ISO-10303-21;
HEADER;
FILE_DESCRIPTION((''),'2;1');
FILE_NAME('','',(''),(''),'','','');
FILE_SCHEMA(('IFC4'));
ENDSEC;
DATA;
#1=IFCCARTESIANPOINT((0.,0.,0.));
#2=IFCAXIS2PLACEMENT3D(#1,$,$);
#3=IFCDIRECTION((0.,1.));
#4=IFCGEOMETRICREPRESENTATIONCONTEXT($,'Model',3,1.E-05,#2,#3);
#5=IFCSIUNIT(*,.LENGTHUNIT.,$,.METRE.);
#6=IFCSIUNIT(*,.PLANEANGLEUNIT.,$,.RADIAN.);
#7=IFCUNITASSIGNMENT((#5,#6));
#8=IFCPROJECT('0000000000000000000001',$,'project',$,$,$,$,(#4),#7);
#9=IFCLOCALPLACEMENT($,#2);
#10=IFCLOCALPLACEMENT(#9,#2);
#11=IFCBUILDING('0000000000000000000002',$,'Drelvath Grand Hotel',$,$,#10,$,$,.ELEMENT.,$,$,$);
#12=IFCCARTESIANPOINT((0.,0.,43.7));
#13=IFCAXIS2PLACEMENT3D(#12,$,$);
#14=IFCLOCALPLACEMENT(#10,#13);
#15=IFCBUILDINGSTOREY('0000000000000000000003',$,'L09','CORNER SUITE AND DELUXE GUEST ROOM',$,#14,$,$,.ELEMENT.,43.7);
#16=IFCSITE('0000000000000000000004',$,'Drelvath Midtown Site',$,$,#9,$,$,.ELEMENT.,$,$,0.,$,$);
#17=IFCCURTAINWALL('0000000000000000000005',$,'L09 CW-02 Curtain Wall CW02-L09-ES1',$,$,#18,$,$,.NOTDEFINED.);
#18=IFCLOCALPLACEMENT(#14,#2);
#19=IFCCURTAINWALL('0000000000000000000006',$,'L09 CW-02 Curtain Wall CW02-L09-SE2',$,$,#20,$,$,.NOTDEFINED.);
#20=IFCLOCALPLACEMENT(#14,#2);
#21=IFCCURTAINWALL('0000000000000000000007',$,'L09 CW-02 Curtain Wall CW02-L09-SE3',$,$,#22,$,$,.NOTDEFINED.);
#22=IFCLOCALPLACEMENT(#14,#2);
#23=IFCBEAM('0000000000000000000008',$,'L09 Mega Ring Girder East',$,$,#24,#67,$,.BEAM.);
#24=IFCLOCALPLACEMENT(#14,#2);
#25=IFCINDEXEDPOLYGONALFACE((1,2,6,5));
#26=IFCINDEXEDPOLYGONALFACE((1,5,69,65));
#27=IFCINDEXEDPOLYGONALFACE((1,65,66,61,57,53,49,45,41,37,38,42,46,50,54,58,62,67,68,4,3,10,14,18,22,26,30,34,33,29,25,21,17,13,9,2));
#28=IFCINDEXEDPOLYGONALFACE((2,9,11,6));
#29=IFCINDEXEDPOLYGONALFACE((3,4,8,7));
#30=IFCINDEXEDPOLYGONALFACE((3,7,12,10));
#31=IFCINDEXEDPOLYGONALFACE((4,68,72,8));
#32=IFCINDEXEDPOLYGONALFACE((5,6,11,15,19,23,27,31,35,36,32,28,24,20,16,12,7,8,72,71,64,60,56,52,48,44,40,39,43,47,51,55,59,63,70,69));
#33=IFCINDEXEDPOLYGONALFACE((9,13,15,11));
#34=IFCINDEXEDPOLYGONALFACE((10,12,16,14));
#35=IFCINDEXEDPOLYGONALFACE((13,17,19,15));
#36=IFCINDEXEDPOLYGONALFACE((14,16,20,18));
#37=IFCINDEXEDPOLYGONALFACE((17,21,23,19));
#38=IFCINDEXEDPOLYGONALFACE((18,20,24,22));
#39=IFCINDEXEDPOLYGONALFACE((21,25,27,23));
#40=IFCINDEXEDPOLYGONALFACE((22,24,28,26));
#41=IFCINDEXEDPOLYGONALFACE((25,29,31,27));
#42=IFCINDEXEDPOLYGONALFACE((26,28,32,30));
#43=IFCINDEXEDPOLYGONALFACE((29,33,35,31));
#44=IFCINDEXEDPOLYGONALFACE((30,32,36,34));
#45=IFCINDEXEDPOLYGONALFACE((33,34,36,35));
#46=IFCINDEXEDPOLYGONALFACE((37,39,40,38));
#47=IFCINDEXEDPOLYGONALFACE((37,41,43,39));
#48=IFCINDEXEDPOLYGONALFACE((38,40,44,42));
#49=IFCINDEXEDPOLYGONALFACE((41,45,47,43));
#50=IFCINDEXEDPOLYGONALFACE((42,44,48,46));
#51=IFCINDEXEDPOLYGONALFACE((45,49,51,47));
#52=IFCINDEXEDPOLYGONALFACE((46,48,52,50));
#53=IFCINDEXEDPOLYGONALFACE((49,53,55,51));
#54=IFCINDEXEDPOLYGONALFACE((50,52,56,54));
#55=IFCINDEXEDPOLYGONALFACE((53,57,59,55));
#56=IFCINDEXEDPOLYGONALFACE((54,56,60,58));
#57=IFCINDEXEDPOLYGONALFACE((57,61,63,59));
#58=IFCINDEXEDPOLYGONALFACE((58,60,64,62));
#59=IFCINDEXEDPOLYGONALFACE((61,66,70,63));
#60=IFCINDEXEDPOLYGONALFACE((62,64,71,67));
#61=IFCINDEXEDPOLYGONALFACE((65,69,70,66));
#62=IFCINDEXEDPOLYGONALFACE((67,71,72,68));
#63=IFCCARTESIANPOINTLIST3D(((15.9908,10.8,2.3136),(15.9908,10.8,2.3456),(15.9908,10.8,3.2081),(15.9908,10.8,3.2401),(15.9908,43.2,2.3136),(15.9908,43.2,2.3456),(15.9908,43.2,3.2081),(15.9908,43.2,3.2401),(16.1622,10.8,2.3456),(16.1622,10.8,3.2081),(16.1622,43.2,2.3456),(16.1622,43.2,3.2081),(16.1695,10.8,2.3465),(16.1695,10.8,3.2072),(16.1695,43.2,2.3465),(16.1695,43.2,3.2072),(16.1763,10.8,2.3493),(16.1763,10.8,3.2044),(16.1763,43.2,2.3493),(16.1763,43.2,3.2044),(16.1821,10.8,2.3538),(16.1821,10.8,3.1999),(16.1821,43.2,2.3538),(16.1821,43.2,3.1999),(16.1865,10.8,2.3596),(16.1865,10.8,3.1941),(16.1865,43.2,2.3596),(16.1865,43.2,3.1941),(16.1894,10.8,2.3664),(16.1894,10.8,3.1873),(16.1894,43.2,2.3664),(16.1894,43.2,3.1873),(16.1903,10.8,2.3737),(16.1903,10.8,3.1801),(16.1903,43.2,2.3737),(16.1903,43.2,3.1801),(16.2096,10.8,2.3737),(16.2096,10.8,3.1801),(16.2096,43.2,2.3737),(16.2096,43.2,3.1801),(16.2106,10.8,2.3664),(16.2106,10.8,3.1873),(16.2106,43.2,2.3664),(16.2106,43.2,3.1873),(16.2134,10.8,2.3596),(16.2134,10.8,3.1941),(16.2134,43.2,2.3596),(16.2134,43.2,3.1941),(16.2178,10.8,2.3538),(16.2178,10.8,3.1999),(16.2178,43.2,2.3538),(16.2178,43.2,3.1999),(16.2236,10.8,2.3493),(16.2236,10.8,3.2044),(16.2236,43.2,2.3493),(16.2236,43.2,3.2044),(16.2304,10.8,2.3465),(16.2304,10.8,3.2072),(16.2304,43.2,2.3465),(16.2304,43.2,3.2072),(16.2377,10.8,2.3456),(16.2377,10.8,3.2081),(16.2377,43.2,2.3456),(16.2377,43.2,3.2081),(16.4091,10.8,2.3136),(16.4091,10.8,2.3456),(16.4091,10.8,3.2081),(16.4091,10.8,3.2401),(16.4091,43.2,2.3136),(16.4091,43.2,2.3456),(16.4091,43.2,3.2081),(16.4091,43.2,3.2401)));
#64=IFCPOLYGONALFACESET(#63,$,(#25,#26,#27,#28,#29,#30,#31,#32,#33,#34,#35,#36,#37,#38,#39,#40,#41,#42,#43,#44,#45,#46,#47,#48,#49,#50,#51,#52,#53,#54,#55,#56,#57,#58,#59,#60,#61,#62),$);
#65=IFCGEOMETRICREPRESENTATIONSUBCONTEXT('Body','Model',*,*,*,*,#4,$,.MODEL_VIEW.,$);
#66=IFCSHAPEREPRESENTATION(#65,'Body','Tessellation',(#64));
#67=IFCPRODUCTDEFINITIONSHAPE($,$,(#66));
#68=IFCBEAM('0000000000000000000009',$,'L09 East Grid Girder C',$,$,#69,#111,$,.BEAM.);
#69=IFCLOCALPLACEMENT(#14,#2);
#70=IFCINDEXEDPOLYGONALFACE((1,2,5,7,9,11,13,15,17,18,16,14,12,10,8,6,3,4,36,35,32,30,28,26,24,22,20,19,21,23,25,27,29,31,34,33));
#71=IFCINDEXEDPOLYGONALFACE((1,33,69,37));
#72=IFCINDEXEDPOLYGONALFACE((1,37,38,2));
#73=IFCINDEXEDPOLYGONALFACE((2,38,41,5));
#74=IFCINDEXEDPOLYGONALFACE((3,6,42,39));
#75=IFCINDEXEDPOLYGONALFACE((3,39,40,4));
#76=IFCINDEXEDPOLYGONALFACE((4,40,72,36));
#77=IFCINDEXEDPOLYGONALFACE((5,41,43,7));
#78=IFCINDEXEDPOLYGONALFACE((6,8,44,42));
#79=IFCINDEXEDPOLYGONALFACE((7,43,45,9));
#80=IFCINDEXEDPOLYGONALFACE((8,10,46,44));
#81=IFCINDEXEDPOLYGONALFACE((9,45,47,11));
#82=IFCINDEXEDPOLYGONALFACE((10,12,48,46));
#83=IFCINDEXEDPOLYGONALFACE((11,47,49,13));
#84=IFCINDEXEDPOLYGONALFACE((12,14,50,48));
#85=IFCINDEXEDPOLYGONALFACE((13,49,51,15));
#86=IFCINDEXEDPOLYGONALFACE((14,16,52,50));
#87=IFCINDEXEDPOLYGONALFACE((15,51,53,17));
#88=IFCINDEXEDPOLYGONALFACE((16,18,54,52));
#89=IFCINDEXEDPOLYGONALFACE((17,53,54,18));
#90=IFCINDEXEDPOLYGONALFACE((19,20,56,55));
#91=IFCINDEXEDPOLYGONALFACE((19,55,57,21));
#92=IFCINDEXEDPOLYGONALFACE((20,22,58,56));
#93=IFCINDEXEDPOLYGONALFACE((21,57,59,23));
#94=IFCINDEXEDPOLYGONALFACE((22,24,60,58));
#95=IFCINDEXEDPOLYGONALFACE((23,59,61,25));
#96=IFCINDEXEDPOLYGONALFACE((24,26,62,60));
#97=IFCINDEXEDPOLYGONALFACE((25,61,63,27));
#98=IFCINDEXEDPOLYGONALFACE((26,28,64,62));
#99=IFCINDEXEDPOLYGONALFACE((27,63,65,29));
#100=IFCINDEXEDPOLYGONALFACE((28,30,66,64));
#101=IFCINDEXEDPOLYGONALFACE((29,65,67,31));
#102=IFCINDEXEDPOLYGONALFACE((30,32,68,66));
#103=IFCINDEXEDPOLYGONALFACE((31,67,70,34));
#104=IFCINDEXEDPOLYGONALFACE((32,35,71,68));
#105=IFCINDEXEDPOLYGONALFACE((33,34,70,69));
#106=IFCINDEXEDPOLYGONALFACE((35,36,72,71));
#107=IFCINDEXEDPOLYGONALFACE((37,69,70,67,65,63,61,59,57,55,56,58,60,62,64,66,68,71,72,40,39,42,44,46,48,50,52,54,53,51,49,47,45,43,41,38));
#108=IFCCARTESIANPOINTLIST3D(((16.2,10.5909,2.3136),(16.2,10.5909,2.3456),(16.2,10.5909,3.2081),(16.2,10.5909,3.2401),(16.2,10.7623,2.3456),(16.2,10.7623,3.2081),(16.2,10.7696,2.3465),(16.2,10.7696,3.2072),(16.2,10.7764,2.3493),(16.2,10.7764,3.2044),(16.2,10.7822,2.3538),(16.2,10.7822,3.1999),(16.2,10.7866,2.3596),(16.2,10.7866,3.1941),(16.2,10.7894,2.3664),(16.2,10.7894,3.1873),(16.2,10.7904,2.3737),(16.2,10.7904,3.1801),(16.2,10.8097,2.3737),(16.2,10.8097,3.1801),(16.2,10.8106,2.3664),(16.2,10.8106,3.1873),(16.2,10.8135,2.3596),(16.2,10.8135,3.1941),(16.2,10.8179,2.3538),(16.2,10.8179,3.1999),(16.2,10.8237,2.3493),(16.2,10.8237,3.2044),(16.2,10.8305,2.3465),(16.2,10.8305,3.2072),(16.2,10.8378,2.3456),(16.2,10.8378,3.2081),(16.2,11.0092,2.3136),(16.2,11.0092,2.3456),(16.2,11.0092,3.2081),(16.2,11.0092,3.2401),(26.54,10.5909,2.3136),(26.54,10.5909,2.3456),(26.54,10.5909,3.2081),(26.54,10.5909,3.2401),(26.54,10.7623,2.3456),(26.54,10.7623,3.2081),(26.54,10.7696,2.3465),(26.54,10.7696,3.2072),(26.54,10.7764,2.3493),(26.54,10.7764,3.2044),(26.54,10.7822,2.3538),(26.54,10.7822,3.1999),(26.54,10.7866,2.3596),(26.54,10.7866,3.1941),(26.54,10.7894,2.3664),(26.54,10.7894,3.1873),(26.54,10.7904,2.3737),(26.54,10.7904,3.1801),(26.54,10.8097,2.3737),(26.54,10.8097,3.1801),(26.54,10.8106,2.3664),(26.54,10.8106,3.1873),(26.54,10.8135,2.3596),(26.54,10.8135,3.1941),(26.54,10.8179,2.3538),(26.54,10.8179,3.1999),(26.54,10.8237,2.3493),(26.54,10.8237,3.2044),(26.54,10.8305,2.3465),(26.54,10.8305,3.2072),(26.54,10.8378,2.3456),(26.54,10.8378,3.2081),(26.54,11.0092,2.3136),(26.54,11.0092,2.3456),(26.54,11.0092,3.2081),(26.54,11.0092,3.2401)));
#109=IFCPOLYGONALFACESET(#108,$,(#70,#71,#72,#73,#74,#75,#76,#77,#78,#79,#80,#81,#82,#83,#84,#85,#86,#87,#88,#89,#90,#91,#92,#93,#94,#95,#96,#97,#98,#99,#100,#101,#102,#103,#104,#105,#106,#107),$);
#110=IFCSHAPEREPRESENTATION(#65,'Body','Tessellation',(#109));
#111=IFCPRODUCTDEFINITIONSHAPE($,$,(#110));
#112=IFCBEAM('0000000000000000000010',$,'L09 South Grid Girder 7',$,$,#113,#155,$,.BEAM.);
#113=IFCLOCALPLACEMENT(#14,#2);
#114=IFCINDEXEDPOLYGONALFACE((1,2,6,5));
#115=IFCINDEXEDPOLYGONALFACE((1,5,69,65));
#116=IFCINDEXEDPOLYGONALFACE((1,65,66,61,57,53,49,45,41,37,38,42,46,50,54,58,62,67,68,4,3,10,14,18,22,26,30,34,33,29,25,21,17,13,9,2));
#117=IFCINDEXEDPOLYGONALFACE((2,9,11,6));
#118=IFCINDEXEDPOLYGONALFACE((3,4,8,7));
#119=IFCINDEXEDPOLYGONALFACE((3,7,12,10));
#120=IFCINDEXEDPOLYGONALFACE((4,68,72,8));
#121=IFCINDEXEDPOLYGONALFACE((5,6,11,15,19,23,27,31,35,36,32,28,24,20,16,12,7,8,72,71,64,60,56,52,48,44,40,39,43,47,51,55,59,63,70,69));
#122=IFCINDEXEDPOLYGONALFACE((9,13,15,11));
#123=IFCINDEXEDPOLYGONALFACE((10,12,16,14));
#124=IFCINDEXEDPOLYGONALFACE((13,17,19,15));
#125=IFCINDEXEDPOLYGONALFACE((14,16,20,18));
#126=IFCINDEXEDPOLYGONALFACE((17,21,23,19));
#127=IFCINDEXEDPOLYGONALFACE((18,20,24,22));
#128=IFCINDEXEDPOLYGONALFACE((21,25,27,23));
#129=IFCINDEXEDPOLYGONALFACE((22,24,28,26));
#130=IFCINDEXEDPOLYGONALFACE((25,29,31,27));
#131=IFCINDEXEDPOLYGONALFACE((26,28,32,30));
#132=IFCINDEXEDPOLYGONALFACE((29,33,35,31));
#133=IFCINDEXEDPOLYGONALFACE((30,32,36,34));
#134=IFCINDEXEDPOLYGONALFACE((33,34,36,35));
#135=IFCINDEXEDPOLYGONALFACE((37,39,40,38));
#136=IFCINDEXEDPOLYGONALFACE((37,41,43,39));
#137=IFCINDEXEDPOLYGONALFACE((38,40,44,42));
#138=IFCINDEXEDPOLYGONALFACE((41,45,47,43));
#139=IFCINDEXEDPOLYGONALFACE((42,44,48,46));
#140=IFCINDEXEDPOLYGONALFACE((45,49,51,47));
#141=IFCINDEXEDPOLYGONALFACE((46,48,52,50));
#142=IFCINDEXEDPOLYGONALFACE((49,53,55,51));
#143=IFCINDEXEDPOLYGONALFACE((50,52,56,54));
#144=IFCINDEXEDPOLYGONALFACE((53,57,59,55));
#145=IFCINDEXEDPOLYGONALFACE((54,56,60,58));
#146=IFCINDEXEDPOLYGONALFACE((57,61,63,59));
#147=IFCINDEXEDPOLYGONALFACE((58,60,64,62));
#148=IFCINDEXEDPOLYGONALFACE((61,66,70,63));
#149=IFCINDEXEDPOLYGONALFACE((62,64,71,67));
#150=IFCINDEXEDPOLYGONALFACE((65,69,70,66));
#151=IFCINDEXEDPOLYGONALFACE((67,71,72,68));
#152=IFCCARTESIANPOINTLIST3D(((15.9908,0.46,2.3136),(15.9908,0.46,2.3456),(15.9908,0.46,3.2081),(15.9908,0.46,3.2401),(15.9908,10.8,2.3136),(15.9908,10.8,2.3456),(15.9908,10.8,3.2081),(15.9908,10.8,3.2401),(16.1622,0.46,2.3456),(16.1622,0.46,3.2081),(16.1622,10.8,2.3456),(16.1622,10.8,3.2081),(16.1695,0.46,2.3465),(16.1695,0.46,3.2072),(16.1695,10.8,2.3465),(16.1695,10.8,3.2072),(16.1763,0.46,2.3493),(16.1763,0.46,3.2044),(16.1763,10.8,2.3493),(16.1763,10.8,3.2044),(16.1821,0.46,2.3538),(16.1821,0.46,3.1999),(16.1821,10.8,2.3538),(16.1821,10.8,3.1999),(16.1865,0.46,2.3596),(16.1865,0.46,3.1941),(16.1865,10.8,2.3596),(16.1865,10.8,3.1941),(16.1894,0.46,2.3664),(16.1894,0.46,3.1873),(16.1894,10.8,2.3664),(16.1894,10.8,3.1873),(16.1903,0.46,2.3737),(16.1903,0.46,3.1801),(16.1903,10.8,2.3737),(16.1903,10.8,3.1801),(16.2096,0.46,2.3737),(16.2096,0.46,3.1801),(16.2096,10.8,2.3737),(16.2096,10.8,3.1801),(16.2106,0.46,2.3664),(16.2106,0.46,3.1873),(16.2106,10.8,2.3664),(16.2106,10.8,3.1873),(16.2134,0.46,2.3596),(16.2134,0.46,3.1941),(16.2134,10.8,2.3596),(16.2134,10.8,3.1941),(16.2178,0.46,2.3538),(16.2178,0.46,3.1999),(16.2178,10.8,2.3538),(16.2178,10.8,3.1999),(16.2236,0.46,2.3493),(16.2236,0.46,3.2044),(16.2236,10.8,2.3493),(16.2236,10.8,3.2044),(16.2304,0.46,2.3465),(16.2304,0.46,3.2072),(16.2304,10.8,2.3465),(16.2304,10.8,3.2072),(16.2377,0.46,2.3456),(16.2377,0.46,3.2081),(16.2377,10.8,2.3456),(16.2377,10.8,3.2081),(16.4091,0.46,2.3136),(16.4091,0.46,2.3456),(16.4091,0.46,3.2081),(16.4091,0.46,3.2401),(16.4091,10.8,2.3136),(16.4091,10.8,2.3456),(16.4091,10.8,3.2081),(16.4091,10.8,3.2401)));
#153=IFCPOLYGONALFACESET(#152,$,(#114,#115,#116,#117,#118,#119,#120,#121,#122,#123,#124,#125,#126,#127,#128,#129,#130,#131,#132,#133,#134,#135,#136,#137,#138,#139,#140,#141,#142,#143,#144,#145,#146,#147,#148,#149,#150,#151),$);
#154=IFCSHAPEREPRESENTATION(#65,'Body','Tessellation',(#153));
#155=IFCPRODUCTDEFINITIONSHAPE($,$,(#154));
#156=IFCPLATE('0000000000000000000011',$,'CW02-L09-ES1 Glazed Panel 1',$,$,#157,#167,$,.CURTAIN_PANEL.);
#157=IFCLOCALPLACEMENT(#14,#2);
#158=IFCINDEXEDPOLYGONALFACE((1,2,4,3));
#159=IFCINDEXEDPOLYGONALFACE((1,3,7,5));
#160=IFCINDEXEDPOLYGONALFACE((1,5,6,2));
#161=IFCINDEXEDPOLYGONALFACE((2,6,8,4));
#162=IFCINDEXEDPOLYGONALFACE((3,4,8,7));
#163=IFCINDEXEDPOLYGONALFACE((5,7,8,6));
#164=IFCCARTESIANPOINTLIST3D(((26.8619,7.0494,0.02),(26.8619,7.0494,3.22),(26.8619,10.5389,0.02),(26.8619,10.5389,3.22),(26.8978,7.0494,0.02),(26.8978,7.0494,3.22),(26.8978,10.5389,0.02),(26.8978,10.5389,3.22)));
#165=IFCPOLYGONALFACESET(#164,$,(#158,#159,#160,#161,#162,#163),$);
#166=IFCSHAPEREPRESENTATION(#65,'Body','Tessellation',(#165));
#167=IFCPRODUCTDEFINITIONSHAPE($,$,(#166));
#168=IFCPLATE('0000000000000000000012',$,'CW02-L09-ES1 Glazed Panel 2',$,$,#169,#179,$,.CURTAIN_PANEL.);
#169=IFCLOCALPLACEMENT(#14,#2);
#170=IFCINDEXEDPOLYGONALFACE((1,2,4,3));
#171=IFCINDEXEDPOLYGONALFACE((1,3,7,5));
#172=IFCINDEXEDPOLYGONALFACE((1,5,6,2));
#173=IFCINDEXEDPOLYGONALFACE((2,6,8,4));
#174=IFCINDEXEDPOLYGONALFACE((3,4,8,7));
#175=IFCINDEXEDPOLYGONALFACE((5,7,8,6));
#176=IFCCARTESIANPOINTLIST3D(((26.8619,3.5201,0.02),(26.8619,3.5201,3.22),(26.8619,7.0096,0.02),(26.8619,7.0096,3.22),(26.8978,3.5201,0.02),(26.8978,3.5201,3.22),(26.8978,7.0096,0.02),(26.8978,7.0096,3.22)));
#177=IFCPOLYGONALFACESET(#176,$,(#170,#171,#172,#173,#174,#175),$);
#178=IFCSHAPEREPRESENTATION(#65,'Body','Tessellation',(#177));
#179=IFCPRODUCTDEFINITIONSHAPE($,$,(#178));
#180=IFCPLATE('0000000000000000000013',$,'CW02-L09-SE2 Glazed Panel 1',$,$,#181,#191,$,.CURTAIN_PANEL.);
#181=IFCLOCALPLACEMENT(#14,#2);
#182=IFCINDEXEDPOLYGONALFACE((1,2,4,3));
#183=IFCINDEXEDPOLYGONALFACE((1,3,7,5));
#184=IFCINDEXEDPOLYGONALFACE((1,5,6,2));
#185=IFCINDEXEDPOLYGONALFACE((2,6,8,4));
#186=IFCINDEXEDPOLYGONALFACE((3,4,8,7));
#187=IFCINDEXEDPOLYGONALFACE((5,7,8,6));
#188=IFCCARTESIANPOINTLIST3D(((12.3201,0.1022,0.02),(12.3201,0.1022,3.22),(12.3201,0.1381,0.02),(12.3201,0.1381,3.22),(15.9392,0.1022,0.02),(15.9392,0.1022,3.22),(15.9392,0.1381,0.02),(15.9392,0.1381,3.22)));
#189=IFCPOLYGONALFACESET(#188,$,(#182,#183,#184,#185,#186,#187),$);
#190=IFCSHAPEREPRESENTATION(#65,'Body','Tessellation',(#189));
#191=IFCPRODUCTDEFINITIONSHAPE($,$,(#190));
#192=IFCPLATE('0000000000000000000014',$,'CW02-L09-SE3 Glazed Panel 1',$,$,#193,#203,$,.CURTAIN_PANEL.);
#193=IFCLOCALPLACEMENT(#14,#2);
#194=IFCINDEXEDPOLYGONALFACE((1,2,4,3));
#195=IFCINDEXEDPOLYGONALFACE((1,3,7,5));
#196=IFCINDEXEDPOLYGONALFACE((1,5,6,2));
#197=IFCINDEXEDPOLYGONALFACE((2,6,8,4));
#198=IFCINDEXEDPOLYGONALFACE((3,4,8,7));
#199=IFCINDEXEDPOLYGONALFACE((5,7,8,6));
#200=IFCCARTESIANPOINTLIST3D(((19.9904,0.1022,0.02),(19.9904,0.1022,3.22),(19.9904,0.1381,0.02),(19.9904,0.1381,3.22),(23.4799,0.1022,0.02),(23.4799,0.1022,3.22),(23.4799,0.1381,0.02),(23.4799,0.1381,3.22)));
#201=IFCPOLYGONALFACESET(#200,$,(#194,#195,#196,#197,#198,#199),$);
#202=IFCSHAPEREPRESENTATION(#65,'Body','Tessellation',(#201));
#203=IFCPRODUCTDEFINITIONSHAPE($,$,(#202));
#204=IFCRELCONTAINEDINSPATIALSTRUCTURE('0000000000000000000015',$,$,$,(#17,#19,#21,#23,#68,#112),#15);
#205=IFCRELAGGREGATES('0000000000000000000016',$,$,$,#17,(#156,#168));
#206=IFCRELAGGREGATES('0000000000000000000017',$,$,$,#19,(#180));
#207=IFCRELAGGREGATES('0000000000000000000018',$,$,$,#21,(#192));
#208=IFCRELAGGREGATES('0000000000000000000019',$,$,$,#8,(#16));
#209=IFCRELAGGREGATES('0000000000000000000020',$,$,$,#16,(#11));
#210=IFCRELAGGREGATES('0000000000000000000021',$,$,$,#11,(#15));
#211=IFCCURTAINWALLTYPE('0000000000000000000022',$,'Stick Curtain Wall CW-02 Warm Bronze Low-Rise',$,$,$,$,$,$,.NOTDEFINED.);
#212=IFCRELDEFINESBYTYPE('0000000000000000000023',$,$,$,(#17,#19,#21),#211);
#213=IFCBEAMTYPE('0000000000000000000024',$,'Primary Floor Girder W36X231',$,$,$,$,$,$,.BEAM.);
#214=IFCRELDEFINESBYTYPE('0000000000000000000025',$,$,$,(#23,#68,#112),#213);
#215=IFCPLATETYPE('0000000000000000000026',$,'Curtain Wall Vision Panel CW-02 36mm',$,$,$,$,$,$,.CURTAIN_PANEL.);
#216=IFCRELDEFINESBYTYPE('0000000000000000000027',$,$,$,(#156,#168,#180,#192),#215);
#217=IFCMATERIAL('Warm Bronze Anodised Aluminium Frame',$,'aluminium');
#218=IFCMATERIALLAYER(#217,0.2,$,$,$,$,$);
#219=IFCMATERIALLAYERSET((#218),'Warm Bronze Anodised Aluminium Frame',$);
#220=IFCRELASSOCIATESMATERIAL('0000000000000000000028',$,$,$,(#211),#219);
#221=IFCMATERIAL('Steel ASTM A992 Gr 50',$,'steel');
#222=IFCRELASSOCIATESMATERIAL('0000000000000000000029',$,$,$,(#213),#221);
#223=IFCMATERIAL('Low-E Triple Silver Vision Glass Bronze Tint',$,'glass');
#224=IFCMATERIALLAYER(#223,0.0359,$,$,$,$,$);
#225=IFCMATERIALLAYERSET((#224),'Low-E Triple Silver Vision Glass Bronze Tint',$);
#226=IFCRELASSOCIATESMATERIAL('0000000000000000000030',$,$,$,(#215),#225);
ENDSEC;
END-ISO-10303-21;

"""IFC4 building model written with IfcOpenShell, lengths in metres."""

from ifc_helpers import new_model, si_unit, direction, frame, origin, origin_2d, place, context, subcontext, project, spatial, rectangle, i_section, extrude, material, layer, layer_set, material_profile, profile_set, type_object, element, aggregate, save


model = new_model("IFC4")

# Units and contexts
model_context = context("Model", 3, precision=1e-05, world=origin(), true_north=direction((0.0, 1.0)))
body_context = subcontext(model_context, "Body", "Model", "MODEL_VIEW")
ifc_project = project(units=[si_unit("LENGTHUNIT", "METRE"), si_unit("PLANEANGLEUNIT", "RADIAN")], contexts=[model_context])

# Site, building, storey
site_placement = place(None, origin())
site = spatial("IfcSite", under=ifc_project, at=site_placement, Name="Drelvath Midtown Site", CompositionType="ELEMENT", RefElevation=0.0)
building_placement = place(site_placement, origin())
building = spatial("IfcBuilding", under=site, at=building_placement, Name="Drelvath Grand Hotel", CompositionType="ELEMENT")
storey_placement = place(building_placement, frame((0.0, 0.0, 43.7)))
storey = spatial("IfcBuildingStorey", under=building, at=storey_placement, Name="L09", Description="CORNER SUITE AND DELUXE GUEST ROOM", CompositionType="ELEMENT", Elevation=43.7)

# Curtain walls
ifc_material_1 = material(Name="Warm Bronze Anodised Aluminium Frame", Category="aluminium")
ifc_layer_1 = layer(ifc_material_1, 0.2)
ifc_layer_set_1 = layer_set([ifc_layer_1], Name="Warm Bronze Anodised Aluminium Frame")
curtain_wall_type = type_object("IfcCurtainWallType", Name="Stick Curtain Wall CW-02 Warm Bronze Low-Rise", PredefinedType="NOTDEFINED", material=ifc_layer_set_1)
curtain_wall_1_placement = place(storey_placement, origin())
curtain_wall_1 = element("IfcCurtainWall", 1, at=curtain_wall_1_placement, inside=storey, type_object=curtain_wall_type, Name="L09 CW-02 Curtain Wall CW02-L09-ES1", PredefinedType="NOTDEFINED")
curtain_wall_2_placement = place(storey_placement, origin())
curtain_wall_2 = element("IfcCurtainWall", 2, at=curtain_wall_2_placement, inside=storey, type_object=curtain_wall_type, Name="L09 CW-02 Curtain Wall CW02-L09-SE2", PredefinedType="NOTDEFINED")
curtain_wall_3_placement = place(storey_placement, origin())
curtain_wall_3 = element("IfcCurtainWall", 3, at=curtain_wall_3_placement, inside=storey, type_object=curtain_wall_type, Name="L09 CW-02 Curtain Wall CW02-L09-SE3", PredefinedType="NOTDEFINED")

# Beams
ifc_material_2 = material(Name="Steel ASTM A992 Gr 50", Category="steel")
ifc_material_profile_1 = material_profile(ifc_material_2, i_section(OverallWidth=0.4182, OverallDepth=0.9265, WebThickness=0.0193, FlangeThickness=0.032, FilletRadius=0.0281, at=origin_2d()), Name="W36X231")
ifc_profile_set_1 = profile_set([ifc_material_profile_1], Name="Steel ASTM A992 Gr 50")
beam_type_1 = type_object("IfcBeamType", Name="Primary Floor Girder W36X231", PredefinedType="BEAM", material=ifc_profile_set_1)
beam_1_placement = place(storey_placement, frame((16.2, 10.8, 2.7769), z_axis=(0.0, 1.0, 0.0), x_axis=(-1.0, 0.0, 0.0)))
element("IfcBeam", 4, at=beam_1_placement, inside=storey, type_object=beam_type_1, Name="L09 Mega Ring Girder East", PredefinedType="BEAM", context=body_context, shape_type="SweptSolid", body=[
    extrude(i_section(OverallWidth=0.4182, OverallDepth=0.9265, WebThickness=0.0193, FlangeThickness=0.032, FilletRadius=0.0281, at=origin_2d()), origin(), (0.0, 0.0, 1.0), 32.3999),
])
for number, where, z_axis, x_axis, name in (
    (5, (16.2, 10.8, 2.7769), (1.0, 0.0, 0.0), (0.0, 1.0, 0.0), "L09 East Grid Girder C"),
    (6, (16.2, 0.46, 2.7769), (0.0, 1.0, 0.0), (-1.0, 0.0, 0.0), "L09 South Grid Girder 7"),
):
    element("IfcBeam", number, at=place(storey_placement, frame(where, z_axis=z_axis, x_axis=x_axis)), inside=storey, type_object=beam_type_1, Name=name, PredefinedType="BEAM", context=body_context, shape_type="SweptSolid", body=[
        extrude(i_section(OverallWidth=0.4182, OverallDepth=0.9265, WebThickness=0.0193, FlangeThickness=0.032, FilletRadius=0.0281, at=origin_2d()), origin(), (0.0, 0.0, 1.0), 10.3401),
    ])

# Plates
ifc_material_3 = material(Name="Low-E Triple Silver Vision Glass Bronze Tint", Category="glass")
ifc_layer_2 = layer(ifc_material_3, 0.0359)
ifc_layer_set_2 = layer_set([ifc_layer_2], Name="Low-E Triple Silver Vision Glass Bronze Tint")
plate_type = type_object("IfcPlateType", Name="Curtain Wall Vision Panel CW-02 36mm", PredefinedType="CURTAIN_PANEL", material=ifc_layer_set_2)
plate_1_placement = place(storey_placement, frame((26.8799, 8.7942, 0.02), z_axis=(0.0, 0.0, 1.0), x_axis=(0.0, -1.0, 0.0)))
plate_1 = element("IfcPlate", 7, at=plate_1_placement, type_object=plate_type, Name="CW02-L09-ES1 Glazed Panel 1", PredefinedType="CURTAIN_PANEL", context=body_context, shape_type="SweptSolid", body=[
    extrude(rectangle(XDim=3.4895, YDim=0.0359, at=origin_2d()), origin(), (0.0, 0.0, 1.0), 3.2),
])
plate_2_placement = place(storey_placement, frame((26.8799, 5.2649, 0.02), z_axis=(0.0, 0.0, 1.0), x_axis=(0.0, -1.0, 0.0)))
plate_2 = element("IfcPlate", 8, at=plate_2_placement, type_object=plate_type, Name="CW02-L09-ES1 Glazed Panel 2", PredefinedType="CURTAIN_PANEL", context=body_context, shape_type="SweptSolid", body=[
    extrude(rectangle(XDim=3.4895, YDim=0.0359, at=origin_2d()), origin(), (0.0, 0.0, 1.0), 3.2),
])
aggregate(curtain_wall_1, [plate_1, plate_2])
plate_3_placement = place(storey_placement, frame((14.1296, 0.1201, 0.02), z_axis=(0.0, 0.0, 1.0), x_axis=(-1.0, 0.0, 0.0)))
plate_3 = element("IfcPlate", 9, at=plate_3_placement, type_object=plate_type, Name="CW02-L09-SE2 Glazed Panel 1", PredefinedType="CURTAIN_PANEL", context=body_context, shape_type="SweptSolid", body=[
    extrude(rectangle(XDim=3.6191, YDim=0.0359, at=origin_2d()), origin(), (0.0, 0.0, 1.0), 3.2),
])
aggregate(curtain_wall_2, [plate_3])
plate_4_placement = place(storey_placement, frame((21.7351, 0.1201, 0.02), z_axis=(0.0, 0.0, 1.0), x_axis=(-1.0, 0.0, 0.0)))
plate_4 = element("IfcPlate", 10, at=plate_4_placement, type_object=plate_type, Name="CW02-L09-SE3 Glazed Panel 1", PredefinedType="CURTAIN_PANEL", context=body_context, shape_type="SweptSolid", body=[
    extrude(rectangle(XDim=3.4895, YDim=0.0359, at=origin_2d()), origin(), (0.0, 0.0, 1.0), 3.2),
])
aggregate(curtain_wall_3, [plate_4])

save(model, "model.ifc")
